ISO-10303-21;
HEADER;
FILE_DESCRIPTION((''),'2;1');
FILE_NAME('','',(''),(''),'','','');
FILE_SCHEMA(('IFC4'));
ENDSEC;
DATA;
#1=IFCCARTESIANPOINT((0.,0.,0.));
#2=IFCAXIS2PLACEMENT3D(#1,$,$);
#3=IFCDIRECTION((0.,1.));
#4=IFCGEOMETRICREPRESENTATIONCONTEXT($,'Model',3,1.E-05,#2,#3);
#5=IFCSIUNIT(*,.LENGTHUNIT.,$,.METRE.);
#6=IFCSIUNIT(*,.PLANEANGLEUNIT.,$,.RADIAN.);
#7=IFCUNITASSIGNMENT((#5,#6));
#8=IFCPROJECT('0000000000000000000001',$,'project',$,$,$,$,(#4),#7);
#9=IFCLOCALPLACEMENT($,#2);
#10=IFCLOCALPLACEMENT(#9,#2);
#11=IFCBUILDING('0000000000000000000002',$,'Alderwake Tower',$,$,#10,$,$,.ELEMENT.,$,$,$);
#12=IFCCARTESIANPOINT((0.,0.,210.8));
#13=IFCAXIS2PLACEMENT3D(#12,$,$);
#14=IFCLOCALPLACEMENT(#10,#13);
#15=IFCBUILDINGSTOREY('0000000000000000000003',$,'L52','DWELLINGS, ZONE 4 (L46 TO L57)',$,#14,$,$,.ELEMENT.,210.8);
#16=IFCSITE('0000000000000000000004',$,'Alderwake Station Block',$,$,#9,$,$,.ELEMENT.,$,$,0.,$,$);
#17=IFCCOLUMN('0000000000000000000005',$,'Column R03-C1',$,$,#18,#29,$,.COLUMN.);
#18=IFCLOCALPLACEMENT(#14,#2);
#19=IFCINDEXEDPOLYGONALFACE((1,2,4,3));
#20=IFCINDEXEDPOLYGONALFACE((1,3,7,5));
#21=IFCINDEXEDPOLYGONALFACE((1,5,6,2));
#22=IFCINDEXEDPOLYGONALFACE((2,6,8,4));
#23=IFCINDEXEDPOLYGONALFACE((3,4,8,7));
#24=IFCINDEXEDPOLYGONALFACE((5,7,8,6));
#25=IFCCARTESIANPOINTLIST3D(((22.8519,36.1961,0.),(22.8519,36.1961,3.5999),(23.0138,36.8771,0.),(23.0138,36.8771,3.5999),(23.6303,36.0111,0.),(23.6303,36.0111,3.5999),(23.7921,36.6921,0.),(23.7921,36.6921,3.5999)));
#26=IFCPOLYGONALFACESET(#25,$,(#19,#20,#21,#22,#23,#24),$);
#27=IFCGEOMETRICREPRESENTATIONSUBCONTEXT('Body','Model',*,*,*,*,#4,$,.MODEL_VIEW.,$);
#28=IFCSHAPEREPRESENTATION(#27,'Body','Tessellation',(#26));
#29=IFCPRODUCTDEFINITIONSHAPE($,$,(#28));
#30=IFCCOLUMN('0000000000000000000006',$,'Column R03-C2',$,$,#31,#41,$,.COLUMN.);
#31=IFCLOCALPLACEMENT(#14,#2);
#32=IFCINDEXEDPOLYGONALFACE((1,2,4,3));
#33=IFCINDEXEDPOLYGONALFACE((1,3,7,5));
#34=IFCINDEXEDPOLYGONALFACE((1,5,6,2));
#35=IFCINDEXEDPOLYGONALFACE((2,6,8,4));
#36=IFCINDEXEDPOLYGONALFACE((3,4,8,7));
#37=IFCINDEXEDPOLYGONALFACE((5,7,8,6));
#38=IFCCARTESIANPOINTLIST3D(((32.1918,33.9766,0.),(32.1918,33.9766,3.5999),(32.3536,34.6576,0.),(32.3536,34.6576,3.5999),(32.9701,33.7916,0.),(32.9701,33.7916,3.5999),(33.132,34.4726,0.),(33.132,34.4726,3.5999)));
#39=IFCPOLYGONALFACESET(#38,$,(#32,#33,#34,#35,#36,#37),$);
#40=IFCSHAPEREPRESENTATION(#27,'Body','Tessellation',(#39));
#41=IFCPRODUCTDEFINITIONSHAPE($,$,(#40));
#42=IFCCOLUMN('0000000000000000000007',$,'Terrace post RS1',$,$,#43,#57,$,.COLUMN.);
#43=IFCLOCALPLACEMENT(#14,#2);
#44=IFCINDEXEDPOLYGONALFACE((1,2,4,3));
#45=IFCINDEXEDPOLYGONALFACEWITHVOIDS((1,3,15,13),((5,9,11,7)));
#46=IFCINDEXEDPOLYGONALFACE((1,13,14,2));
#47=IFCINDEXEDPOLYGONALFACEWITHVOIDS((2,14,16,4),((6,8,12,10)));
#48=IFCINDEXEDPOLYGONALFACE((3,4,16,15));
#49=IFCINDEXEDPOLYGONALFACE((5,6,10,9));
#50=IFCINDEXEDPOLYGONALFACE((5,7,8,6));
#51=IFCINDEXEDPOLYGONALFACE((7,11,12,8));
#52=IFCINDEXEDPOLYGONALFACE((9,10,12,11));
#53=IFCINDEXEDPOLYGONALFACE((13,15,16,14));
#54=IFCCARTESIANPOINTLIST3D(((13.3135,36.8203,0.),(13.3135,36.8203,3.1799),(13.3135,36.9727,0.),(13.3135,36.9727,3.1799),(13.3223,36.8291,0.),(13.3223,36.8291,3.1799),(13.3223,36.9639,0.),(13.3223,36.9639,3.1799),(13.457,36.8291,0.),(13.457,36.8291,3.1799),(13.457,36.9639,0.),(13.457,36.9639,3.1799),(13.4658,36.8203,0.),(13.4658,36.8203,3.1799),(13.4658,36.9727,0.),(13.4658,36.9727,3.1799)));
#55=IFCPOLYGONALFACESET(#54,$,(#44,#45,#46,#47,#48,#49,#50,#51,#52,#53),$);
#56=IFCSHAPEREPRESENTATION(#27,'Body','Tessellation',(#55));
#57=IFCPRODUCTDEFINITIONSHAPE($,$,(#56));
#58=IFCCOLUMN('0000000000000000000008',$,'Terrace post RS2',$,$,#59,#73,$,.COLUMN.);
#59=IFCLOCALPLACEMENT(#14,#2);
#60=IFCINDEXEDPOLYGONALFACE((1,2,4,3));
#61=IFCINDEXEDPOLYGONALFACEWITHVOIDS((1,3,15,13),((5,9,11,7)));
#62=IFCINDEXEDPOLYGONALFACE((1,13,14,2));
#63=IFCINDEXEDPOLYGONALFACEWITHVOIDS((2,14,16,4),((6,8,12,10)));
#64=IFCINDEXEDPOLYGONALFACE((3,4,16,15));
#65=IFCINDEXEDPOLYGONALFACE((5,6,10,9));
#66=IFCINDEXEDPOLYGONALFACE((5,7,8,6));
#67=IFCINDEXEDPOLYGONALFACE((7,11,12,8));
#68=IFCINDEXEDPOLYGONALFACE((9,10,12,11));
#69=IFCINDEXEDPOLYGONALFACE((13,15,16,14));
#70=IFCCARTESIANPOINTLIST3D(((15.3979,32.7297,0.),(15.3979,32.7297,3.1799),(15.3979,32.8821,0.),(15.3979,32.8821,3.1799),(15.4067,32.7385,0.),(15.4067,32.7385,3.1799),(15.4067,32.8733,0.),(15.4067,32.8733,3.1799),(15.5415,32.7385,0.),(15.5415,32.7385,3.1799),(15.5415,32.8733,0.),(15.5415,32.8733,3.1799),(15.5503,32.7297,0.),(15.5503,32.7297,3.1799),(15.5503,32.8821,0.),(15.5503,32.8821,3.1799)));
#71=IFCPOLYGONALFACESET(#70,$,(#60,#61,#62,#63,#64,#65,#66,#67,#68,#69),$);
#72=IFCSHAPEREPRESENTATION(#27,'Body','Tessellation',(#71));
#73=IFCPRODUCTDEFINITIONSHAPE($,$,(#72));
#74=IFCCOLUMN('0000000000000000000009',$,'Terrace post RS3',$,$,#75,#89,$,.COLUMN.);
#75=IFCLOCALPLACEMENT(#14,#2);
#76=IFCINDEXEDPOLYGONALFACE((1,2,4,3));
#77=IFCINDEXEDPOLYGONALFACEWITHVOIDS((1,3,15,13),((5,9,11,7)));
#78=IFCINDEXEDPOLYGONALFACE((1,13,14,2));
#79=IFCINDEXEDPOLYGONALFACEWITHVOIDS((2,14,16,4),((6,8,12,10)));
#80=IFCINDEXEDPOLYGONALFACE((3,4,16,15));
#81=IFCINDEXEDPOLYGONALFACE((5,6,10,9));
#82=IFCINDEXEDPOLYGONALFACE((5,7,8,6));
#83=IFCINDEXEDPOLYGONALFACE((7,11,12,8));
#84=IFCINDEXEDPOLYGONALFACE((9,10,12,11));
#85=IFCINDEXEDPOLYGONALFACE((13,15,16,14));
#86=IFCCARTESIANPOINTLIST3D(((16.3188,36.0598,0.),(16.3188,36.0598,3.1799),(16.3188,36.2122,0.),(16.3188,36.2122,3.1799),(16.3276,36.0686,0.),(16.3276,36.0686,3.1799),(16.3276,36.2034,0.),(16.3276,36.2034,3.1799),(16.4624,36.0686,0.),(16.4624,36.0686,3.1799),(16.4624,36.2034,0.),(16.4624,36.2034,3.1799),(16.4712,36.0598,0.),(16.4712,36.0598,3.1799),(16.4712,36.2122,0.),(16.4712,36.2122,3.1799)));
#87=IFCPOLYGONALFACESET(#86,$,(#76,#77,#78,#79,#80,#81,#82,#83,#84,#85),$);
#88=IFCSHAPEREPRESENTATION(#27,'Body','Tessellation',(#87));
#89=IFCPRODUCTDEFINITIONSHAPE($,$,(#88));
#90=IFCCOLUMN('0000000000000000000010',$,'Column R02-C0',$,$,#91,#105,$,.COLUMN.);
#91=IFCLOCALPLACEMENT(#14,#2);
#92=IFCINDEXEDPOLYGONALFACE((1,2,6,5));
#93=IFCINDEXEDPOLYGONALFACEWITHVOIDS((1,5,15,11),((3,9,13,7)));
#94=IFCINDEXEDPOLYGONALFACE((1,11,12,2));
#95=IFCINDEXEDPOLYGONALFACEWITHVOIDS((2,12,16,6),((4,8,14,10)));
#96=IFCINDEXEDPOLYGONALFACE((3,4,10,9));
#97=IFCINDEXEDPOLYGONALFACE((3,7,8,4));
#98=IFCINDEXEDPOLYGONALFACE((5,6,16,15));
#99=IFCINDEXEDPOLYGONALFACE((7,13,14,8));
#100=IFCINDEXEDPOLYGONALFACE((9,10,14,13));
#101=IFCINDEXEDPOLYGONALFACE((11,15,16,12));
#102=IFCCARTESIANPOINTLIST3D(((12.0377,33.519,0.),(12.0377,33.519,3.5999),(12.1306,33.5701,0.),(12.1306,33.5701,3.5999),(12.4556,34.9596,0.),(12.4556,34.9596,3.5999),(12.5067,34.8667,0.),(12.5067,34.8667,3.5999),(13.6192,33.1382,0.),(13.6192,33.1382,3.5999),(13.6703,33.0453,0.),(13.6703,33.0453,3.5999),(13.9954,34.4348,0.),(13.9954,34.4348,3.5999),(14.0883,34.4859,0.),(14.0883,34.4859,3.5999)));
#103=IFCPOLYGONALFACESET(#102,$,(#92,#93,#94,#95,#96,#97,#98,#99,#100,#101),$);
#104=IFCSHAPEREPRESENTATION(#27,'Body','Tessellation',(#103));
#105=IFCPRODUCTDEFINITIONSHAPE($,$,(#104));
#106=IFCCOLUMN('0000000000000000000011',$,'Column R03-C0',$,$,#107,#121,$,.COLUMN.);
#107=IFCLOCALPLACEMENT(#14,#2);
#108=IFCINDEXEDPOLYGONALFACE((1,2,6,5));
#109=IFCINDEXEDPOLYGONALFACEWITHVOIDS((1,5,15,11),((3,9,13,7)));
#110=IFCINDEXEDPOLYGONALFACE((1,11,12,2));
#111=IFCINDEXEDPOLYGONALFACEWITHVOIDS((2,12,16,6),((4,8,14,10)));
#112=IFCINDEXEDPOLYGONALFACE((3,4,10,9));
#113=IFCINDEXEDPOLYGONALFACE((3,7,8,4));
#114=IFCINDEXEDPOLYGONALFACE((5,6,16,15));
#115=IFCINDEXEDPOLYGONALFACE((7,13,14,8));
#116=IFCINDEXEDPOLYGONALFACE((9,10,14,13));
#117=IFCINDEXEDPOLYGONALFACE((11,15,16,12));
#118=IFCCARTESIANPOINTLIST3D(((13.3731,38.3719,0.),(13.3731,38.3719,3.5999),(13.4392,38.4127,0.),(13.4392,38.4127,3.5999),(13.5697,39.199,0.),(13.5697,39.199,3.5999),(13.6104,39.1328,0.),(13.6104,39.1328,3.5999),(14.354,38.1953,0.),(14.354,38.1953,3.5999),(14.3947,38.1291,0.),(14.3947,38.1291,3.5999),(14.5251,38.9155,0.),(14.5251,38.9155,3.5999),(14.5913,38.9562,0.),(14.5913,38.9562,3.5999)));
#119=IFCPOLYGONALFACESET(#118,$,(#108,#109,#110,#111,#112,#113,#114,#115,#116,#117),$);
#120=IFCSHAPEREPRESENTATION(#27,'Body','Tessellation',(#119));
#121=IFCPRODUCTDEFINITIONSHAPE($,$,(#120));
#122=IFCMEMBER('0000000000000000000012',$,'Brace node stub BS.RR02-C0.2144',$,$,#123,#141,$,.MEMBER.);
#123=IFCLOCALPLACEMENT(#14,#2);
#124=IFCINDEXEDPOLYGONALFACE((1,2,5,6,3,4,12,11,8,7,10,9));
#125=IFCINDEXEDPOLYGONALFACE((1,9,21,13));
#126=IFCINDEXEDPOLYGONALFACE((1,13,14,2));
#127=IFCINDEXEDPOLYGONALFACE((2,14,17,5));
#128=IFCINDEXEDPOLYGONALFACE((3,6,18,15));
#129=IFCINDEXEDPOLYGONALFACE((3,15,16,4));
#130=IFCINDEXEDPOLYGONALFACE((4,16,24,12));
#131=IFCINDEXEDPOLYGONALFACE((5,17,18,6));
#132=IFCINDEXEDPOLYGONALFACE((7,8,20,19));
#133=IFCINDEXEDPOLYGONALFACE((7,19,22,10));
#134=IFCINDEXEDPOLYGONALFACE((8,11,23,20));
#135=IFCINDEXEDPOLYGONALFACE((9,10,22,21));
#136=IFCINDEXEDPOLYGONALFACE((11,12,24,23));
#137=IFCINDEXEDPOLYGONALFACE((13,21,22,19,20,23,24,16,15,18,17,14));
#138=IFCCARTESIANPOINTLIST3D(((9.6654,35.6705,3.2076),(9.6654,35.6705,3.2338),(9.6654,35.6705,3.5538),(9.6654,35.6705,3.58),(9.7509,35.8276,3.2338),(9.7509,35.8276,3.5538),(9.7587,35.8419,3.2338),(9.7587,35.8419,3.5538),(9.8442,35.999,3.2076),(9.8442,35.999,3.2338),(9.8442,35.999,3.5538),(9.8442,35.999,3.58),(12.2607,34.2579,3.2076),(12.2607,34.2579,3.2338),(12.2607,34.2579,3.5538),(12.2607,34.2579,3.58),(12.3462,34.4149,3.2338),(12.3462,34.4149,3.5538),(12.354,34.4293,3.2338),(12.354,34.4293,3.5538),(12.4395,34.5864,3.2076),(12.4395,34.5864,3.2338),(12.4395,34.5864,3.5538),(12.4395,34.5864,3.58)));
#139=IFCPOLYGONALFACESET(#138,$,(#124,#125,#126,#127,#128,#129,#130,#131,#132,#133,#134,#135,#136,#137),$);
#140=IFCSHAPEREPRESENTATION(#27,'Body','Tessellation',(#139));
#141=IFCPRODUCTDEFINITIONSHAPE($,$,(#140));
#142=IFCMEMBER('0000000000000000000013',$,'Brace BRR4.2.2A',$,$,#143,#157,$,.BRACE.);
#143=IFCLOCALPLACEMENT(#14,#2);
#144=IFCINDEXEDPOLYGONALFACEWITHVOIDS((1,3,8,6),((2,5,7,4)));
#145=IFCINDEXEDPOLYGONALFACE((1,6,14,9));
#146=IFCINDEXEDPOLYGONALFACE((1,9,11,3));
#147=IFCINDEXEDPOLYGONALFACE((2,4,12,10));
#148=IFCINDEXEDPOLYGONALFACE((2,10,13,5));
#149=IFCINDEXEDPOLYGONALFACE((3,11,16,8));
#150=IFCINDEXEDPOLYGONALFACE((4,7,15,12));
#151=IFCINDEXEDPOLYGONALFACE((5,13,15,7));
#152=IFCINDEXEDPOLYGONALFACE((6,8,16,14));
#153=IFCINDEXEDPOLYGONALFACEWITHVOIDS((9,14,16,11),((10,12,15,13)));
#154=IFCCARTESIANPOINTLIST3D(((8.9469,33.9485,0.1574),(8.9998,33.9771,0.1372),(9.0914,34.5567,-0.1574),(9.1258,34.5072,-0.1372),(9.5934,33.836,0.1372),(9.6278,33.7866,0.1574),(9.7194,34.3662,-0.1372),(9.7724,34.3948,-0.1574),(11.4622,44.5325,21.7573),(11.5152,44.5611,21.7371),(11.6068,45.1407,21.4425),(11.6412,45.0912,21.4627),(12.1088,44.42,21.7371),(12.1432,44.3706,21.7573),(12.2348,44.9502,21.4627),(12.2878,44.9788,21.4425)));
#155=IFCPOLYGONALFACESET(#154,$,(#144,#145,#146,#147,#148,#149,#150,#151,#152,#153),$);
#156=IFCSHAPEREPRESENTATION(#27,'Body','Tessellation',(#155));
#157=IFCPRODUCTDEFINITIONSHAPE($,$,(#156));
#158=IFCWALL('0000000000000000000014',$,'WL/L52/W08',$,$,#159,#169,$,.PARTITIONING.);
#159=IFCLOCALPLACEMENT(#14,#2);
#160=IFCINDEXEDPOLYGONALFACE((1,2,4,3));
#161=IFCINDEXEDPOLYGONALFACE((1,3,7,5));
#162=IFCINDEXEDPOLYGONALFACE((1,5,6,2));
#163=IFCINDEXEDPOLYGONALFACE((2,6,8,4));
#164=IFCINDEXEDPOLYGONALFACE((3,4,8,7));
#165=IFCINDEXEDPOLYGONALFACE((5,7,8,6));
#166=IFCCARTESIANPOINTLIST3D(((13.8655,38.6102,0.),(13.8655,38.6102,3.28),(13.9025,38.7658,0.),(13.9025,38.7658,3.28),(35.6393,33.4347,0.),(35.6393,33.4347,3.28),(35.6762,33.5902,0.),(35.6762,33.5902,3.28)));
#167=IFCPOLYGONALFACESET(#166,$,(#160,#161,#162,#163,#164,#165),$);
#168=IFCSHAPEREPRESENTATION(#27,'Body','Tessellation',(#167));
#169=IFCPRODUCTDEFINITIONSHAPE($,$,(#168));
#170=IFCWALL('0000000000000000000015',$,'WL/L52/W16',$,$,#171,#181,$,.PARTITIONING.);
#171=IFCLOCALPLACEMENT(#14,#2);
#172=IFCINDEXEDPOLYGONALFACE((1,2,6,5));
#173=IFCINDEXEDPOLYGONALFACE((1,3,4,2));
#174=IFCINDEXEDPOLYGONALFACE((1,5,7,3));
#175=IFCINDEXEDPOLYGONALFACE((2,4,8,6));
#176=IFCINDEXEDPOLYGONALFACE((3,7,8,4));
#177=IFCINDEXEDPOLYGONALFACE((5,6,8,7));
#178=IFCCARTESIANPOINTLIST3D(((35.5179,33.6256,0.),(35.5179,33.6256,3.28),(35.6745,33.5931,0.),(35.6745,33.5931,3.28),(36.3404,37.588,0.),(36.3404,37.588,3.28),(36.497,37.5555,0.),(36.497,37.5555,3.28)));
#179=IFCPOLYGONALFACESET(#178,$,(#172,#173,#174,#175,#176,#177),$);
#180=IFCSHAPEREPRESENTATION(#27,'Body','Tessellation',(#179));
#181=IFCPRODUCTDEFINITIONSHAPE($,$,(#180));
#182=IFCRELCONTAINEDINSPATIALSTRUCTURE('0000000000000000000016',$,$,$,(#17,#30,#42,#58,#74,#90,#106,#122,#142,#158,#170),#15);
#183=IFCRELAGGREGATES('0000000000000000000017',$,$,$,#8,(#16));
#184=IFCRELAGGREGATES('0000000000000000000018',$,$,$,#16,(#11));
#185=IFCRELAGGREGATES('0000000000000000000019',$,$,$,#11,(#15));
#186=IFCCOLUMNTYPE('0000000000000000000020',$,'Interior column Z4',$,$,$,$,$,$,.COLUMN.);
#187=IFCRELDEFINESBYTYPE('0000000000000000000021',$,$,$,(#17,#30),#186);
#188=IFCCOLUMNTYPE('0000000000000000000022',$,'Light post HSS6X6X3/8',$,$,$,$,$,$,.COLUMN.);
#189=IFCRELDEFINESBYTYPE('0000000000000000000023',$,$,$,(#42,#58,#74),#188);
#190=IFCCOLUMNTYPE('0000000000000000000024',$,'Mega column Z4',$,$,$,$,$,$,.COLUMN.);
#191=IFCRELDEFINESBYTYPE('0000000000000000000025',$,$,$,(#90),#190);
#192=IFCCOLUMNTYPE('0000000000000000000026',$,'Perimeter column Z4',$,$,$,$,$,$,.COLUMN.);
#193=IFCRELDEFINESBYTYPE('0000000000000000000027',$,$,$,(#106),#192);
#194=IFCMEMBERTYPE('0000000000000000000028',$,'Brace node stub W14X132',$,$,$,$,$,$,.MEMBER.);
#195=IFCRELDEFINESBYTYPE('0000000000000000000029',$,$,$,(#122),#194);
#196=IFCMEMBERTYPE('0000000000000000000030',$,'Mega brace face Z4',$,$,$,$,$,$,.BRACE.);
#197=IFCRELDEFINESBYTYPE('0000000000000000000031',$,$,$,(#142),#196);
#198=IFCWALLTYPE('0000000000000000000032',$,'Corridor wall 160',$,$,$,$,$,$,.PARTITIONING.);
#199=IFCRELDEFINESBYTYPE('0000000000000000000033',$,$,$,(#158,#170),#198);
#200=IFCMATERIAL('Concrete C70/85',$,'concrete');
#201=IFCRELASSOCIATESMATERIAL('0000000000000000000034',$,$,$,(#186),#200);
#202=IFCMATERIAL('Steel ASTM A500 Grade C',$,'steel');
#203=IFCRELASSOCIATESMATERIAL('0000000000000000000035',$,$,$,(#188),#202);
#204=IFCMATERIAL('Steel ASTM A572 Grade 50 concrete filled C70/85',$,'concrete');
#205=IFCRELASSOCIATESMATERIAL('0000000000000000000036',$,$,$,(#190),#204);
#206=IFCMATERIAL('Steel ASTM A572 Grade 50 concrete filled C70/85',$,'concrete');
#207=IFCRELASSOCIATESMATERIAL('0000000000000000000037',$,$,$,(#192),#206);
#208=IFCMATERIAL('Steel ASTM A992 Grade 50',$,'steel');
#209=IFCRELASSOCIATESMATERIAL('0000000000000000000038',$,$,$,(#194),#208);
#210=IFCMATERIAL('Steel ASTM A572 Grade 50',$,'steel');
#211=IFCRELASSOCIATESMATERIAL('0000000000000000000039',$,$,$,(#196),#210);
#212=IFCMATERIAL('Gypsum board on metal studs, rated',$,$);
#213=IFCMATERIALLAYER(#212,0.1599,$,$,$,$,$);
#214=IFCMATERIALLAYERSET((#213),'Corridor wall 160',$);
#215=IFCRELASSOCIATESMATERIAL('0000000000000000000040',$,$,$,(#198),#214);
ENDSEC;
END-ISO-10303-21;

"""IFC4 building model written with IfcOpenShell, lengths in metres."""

from ifc_helpers import new_model, si_unit, direction, frame, frame_2d, origin, origin_2d, place, context, subcontext, project, spatial, rectangle, hollow_rectangle, i_section, extrude, material, layer, layer_set, material_profile, profile_set, type_object, element, save


model = new_model("IFC4")

# Units and contexts
model_context = context("Model", 3, precision=1e-05, world=origin(), true_north=direction((0.0, 1.0)))
body_context = subcontext(model_context, "Body", "Model", "MODEL_VIEW")
ifc_project = project(units=[si_unit("LENGTHUNIT", "METRE"), si_unit("PLANEANGLEUNIT", "RADIAN")], contexts=[model_context])

# Site, building, storey
site_placement = place(None, origin())
site = spatial("IfcSite", under=ifc_project, at=site_placement, Name="Alderwake Station Block", CompositionType="ELEMENT", RefElevation=0.0)
building_placement = place(site_placement, origin())
building = spatial("IfcBuilding", under=site, at=building_placement, Name="Alderwake Tower", CompositionType="ELEMENT")
storey_placement = place(building_placement, frame((0.0, 0.0, 210.8)))
storey = spatial("IfcBuildingStorey", under=building, at=storey_placement, Name="L52", Description="DWELLINGS, ZONE 4 (L46 TO L57)", CompositionType="ELEMENT", Elevation=210.8)

# Columns
ifc_material_1 = material(Name="Concrete C70/85", Category="concrete")
ifc_material_profile_1 = material_profile(ifc_material_1, rectangle(XDim=0.7, YDim=0.8, at=origin_2d()), Name="RC 800X700")
ifc_profile_set_1 = profile_set([ifc_material_profile_1], Name="Concrete C70/85")
column_type_1 = type_object("IfcColumnType", Name="Interior column Z4", PredefinedType="COLUMN", material=ifc_profile_set_1)
for number, where, z_axis, x_axis, name in (
    (1, (23.322, 36.4441, 0.0), (0.0, 0.0, 1.0), (0.231222, 0.972901, 0.0), "Column R03-C1"),
    (2, (32.6619, 34.2246, 0.0), (0.0, 0.0, 1.0), (0.231222, 0.972901, 0.0), "Column R03-C2"),
):
    element("IfcColumn", number, at=place(storey_placement, frame(where, z_axis=z_axis, x_axis=x_axis)), inside=storey, type_object=column_type_1, Name=name, PredefinedType="COLUMN", context=body_context, shape_type="SweptSolid", body=[
        extrude(rectangle(XDim=0.7, YDim=0.8, at=origin_2d()), origin(), (0.0, 0.0, 1.0), 3.5999),
    ])
ifc_material_2 = material(Name="Steel ASTM A500 Grade C", Category="steel")
ifc_material_profile_2 = material_profile(ifc_material_2, hollow_rectangle(XDim=0.1523, YDim=0.1523, WallThickness=0.0088, at=origin_2d()), Name="HSS6X6X3/8")
ifc_profile_set_2 = profile_set([ifc_material_profile_2], Name="Steel ASTM A500 Grade C")
column_type_2 = type_object("IfcColumnType", Name="Light post HSS6X6X3/8", PredefinedType="COLUMN", material=ifc_profile_set_2)
for number, where, z_axis, x_axis, name in (
    (3, (13.3896, 36.8965, 0.0), (0.0, 0.0, 1.0), (1.0, 0.0, 0.0), "Terrace post RS1"),
    (4, (15.4741, 32.8059, 0.0), (0.0, 0.0, 1.0), (1.0, 0.0, 0.0), "Terrace post RS2"),
    (5, (16.395, 36.136, 0.0), (0.0, 0.0, 1.0), (1.0, 0.0, 0.0), "Terrace post RS3"),
):
    element("IfcColumn", number, at=place(storey_placement, frame(where, z_axis=z_axis, x_axis=x_axis)), inside=storey, type_object=column_type_2, Name=name, PredefinedType="COLUMN", context=body_context, shape_type="SweptSolid", body=[
        extrude(hollow_rectangle(XDim=0.1523, YDim=0.1523, WallThickness=0.0088, at=origin_2d()), origin(), (0.0, 0.0, 1.0), 3.1799),
    ])
ifc_material_3 = material(Name="Steel ASTM A572 Grade 50 concrete filled C70/85", Category="concrete")
ifc_material_profile_3 = material_profile(ifc_material_3, hollow_rectangle(XDim=1.5, YDim=1.7, WallThickness=0.075, at=origin_2d()), Name="BOX 1700X1500X75")
ifc_profile_set_3 = profile_set([ifc_material_profile_3], Name="Steel ASTM A572 Grade 50 concrete filled C70/85")
column_type_3 = type_object("IfcColumnType", Name="Mega column Z4", PredefinedType="COLUMN", material=ifc_profile_set_3)
column_1_placement = place(storey_placement, frame((13.063, 34.0024, 0.0), z_axis=(0.0, 0.0, 1.0), x_axis=(0.278612, 0.960404, 0.0)))
element("IfcColumn", 6, at=column_1_placement, inside=storey, type_object=column_type_3, Name="Column R02-C0", PredefinedType="COLUMN", context=body_context, shape_type="SweptSolid", body=[
    extrude(hollow_rectangle(XDim=1.5, YDim=1.7, WallThickness=0.075, at=origin_2d()), origin(), (0.0, 0.0, 1.0), 3.5999),
])
ifc_material_4 = material(Name="Steel ASTM A572 Grade 50 concrete filled C70/85", Category="concrete")
ifc_material_profile_4 = material_profile(ifc_material_4, hollow_rectangle(XDim=0.8501, YDim=1.05, WallThickness=0.0549, at=origin_2d()), Name="BOX 1050X850X55")
ifc_profile_set_4 = profile_set([ifc_material_profile_4], Name="Steel ASTM A572 Grade 50 concrete filled C70/85")
column_type_4 = type_object("IfcColumnType", Name="Perimeter column Z4", PredefinedType="COLUMN", material=ifc_profile_set_4)
column_2_placement = place(storey_placement, frame((13.9822, 38.6641, 0.0), z_axis=(0.0, 0.0, 1.0), x_axis=(0.231222, 0.972901, 0.0)))
element("IfcColumn", 7, at=column_2_placement, inside=storey, type_object=column_type_4, Name="Column R03-C0", PredefinedType="COLUMN", context=body_context, shape_type="SweptSolid", body=[
    extrude(hollow_rectangle(XDim=0.8501, YDim=1.05, WallThickness=0.0549, at=origin_2d()), origin(), (0.0, 0.0, 1.0), 3.5999),
])

# Members
ifc_material_5 = material(Name="Steel ASTM A992 Grade 50", Category="steel")
ifc_material_profile_5 = material_profile(ifc_material_5, i_section(OverallWidth=0.374, OverallDepth=0.3723, WebThickness=0.0164, FlangeThickness=0.0261, at=origin_2d()), Name="W14X132")
ifc_profile_set_5 = profile_set([ifc_material_profile_5], Name="Steel ASTM A992 Grade 50")
member_type_1 = type_object("IfcMemberType", Name="Brace node stub W14X132", PredefinedType="MEMBER", material=ifc_profile_set_5)
member_1_placement = place(storey_placement, frame((12.3501, 34.4221, 3.3938), z_axis=(-0.878318, 0.478076, 0.0), x_axis=(-0.478076, -0.878318, 0.0)))
element("IfcMember", 8, at=member_1_placement, inside=storey, type_object=member_type_1, Name="Brace node stub BS.RR02-C0.2144", PredefinedType="MEMBER", context=body_context, shape_type="SweptSolid", body=[
    extrude(i_section(OverallWidth=0.374, OverallDepth=0.3723, WebThickness=0.0164, FlangeThickness=0.0261, at=origin_2d()), origin(), (0.0, 0.0, 1.0), 2.9548),
])
ifc_material_6 = material(Name="Steel ASTM A572 Grade 50", Category="steel")
ifc_material_profile_6 = material_profile(ifc_material_6, hollow_rectangle(XDim=0.7, YDim=0.7, WallThickness=0.0449, at=origin_2d()), Name="BOX 700X700X45")
ifc_profile_set_6 = profile_set([ifc_material_profile_6], Name="Steel ASTM A572 Grade 50")
member_type_2 = type_object("IfcMemberType", Name="Mega brace face Z4", PredefinedType="BRACE", material=ifc_profile_set_6)
member_2_placement = place(storey_placement, frame((9.3596, 34.1716, 0.0), z_axis=(0.104007, 0.437631, 0.893119), x_axis=(-0.972902, 0.231219, 0.0)))
element("IfcMember", 9, at=member_2_placement, inside=storey, type_object=member_type_2, Name="Brace BRR4.2.2A", PredefinedType="BRACE", context=body_context, shape_type="SweptSolid", body=[
    extrude(hollow_rectangle(XDim=0.7, YDim=0.7, WallThickness=0.0449, at=origin_2d()), origin(), (0.0, 0.0, 1.0), 24.1848),
])

# Walls
ifc_material_7 = material(Name="Gypsum board on metal studs, rated")
ifc_layer_1 = layer(ifc_material_7, 0.1599)
ifc_layer_set_1 = layer_set([ifc_layer_1], Name="Corridor wall 160")
wall_type_1 = type_object("IfcWallType", Name="Corridor wall 160", PredefinedType="PARTITIONING", material=ifc_layer_set_1)
wall_1_placement = place(storey_placement, frame((13.884, 38.688, 0.0), z_axis=(0.0, 0.0, 1.0), x_axis=(0.972893, -0.231254, 0.0)))
element("IfcWall", 10, at=wall_1_placement, inside=storey, type_object=wall_type_1, Name="WL/L52/W08", PredefinedType="PARTITIONING", context=body_context, shape_type="SweptSolid", body=[
    extrude(rectangle(XDim=22.3804, YDim=0.1599, at=frame_2d((11.1902, 0.0))), origin(), (0.0, 0.0, 1.0), 3.28),
])
wall_2_placement = place(storey_placement, frame((36.4187, 37.5718, 0.0), z_axis=(0.0, 0.0, 1.0), x_axis=(-0.203246, -0.979128, 0.0)))
element("IfcWall", 11, at=wall_2_placement, inside=storey, type_object=wall_type_1, Name="WL/L52/W16", PredefinedType="PARTITIONING", context=body_context, shape_type="SweptSolid", body=[
    extrude(rectangle(XDim=4.0469, YDim=0.1599, at=frame_2d((2.0234, 0.0))), origin(), (0.0, 0.0, 1.0), 3.28),
])

save(model, "model.ifc")
